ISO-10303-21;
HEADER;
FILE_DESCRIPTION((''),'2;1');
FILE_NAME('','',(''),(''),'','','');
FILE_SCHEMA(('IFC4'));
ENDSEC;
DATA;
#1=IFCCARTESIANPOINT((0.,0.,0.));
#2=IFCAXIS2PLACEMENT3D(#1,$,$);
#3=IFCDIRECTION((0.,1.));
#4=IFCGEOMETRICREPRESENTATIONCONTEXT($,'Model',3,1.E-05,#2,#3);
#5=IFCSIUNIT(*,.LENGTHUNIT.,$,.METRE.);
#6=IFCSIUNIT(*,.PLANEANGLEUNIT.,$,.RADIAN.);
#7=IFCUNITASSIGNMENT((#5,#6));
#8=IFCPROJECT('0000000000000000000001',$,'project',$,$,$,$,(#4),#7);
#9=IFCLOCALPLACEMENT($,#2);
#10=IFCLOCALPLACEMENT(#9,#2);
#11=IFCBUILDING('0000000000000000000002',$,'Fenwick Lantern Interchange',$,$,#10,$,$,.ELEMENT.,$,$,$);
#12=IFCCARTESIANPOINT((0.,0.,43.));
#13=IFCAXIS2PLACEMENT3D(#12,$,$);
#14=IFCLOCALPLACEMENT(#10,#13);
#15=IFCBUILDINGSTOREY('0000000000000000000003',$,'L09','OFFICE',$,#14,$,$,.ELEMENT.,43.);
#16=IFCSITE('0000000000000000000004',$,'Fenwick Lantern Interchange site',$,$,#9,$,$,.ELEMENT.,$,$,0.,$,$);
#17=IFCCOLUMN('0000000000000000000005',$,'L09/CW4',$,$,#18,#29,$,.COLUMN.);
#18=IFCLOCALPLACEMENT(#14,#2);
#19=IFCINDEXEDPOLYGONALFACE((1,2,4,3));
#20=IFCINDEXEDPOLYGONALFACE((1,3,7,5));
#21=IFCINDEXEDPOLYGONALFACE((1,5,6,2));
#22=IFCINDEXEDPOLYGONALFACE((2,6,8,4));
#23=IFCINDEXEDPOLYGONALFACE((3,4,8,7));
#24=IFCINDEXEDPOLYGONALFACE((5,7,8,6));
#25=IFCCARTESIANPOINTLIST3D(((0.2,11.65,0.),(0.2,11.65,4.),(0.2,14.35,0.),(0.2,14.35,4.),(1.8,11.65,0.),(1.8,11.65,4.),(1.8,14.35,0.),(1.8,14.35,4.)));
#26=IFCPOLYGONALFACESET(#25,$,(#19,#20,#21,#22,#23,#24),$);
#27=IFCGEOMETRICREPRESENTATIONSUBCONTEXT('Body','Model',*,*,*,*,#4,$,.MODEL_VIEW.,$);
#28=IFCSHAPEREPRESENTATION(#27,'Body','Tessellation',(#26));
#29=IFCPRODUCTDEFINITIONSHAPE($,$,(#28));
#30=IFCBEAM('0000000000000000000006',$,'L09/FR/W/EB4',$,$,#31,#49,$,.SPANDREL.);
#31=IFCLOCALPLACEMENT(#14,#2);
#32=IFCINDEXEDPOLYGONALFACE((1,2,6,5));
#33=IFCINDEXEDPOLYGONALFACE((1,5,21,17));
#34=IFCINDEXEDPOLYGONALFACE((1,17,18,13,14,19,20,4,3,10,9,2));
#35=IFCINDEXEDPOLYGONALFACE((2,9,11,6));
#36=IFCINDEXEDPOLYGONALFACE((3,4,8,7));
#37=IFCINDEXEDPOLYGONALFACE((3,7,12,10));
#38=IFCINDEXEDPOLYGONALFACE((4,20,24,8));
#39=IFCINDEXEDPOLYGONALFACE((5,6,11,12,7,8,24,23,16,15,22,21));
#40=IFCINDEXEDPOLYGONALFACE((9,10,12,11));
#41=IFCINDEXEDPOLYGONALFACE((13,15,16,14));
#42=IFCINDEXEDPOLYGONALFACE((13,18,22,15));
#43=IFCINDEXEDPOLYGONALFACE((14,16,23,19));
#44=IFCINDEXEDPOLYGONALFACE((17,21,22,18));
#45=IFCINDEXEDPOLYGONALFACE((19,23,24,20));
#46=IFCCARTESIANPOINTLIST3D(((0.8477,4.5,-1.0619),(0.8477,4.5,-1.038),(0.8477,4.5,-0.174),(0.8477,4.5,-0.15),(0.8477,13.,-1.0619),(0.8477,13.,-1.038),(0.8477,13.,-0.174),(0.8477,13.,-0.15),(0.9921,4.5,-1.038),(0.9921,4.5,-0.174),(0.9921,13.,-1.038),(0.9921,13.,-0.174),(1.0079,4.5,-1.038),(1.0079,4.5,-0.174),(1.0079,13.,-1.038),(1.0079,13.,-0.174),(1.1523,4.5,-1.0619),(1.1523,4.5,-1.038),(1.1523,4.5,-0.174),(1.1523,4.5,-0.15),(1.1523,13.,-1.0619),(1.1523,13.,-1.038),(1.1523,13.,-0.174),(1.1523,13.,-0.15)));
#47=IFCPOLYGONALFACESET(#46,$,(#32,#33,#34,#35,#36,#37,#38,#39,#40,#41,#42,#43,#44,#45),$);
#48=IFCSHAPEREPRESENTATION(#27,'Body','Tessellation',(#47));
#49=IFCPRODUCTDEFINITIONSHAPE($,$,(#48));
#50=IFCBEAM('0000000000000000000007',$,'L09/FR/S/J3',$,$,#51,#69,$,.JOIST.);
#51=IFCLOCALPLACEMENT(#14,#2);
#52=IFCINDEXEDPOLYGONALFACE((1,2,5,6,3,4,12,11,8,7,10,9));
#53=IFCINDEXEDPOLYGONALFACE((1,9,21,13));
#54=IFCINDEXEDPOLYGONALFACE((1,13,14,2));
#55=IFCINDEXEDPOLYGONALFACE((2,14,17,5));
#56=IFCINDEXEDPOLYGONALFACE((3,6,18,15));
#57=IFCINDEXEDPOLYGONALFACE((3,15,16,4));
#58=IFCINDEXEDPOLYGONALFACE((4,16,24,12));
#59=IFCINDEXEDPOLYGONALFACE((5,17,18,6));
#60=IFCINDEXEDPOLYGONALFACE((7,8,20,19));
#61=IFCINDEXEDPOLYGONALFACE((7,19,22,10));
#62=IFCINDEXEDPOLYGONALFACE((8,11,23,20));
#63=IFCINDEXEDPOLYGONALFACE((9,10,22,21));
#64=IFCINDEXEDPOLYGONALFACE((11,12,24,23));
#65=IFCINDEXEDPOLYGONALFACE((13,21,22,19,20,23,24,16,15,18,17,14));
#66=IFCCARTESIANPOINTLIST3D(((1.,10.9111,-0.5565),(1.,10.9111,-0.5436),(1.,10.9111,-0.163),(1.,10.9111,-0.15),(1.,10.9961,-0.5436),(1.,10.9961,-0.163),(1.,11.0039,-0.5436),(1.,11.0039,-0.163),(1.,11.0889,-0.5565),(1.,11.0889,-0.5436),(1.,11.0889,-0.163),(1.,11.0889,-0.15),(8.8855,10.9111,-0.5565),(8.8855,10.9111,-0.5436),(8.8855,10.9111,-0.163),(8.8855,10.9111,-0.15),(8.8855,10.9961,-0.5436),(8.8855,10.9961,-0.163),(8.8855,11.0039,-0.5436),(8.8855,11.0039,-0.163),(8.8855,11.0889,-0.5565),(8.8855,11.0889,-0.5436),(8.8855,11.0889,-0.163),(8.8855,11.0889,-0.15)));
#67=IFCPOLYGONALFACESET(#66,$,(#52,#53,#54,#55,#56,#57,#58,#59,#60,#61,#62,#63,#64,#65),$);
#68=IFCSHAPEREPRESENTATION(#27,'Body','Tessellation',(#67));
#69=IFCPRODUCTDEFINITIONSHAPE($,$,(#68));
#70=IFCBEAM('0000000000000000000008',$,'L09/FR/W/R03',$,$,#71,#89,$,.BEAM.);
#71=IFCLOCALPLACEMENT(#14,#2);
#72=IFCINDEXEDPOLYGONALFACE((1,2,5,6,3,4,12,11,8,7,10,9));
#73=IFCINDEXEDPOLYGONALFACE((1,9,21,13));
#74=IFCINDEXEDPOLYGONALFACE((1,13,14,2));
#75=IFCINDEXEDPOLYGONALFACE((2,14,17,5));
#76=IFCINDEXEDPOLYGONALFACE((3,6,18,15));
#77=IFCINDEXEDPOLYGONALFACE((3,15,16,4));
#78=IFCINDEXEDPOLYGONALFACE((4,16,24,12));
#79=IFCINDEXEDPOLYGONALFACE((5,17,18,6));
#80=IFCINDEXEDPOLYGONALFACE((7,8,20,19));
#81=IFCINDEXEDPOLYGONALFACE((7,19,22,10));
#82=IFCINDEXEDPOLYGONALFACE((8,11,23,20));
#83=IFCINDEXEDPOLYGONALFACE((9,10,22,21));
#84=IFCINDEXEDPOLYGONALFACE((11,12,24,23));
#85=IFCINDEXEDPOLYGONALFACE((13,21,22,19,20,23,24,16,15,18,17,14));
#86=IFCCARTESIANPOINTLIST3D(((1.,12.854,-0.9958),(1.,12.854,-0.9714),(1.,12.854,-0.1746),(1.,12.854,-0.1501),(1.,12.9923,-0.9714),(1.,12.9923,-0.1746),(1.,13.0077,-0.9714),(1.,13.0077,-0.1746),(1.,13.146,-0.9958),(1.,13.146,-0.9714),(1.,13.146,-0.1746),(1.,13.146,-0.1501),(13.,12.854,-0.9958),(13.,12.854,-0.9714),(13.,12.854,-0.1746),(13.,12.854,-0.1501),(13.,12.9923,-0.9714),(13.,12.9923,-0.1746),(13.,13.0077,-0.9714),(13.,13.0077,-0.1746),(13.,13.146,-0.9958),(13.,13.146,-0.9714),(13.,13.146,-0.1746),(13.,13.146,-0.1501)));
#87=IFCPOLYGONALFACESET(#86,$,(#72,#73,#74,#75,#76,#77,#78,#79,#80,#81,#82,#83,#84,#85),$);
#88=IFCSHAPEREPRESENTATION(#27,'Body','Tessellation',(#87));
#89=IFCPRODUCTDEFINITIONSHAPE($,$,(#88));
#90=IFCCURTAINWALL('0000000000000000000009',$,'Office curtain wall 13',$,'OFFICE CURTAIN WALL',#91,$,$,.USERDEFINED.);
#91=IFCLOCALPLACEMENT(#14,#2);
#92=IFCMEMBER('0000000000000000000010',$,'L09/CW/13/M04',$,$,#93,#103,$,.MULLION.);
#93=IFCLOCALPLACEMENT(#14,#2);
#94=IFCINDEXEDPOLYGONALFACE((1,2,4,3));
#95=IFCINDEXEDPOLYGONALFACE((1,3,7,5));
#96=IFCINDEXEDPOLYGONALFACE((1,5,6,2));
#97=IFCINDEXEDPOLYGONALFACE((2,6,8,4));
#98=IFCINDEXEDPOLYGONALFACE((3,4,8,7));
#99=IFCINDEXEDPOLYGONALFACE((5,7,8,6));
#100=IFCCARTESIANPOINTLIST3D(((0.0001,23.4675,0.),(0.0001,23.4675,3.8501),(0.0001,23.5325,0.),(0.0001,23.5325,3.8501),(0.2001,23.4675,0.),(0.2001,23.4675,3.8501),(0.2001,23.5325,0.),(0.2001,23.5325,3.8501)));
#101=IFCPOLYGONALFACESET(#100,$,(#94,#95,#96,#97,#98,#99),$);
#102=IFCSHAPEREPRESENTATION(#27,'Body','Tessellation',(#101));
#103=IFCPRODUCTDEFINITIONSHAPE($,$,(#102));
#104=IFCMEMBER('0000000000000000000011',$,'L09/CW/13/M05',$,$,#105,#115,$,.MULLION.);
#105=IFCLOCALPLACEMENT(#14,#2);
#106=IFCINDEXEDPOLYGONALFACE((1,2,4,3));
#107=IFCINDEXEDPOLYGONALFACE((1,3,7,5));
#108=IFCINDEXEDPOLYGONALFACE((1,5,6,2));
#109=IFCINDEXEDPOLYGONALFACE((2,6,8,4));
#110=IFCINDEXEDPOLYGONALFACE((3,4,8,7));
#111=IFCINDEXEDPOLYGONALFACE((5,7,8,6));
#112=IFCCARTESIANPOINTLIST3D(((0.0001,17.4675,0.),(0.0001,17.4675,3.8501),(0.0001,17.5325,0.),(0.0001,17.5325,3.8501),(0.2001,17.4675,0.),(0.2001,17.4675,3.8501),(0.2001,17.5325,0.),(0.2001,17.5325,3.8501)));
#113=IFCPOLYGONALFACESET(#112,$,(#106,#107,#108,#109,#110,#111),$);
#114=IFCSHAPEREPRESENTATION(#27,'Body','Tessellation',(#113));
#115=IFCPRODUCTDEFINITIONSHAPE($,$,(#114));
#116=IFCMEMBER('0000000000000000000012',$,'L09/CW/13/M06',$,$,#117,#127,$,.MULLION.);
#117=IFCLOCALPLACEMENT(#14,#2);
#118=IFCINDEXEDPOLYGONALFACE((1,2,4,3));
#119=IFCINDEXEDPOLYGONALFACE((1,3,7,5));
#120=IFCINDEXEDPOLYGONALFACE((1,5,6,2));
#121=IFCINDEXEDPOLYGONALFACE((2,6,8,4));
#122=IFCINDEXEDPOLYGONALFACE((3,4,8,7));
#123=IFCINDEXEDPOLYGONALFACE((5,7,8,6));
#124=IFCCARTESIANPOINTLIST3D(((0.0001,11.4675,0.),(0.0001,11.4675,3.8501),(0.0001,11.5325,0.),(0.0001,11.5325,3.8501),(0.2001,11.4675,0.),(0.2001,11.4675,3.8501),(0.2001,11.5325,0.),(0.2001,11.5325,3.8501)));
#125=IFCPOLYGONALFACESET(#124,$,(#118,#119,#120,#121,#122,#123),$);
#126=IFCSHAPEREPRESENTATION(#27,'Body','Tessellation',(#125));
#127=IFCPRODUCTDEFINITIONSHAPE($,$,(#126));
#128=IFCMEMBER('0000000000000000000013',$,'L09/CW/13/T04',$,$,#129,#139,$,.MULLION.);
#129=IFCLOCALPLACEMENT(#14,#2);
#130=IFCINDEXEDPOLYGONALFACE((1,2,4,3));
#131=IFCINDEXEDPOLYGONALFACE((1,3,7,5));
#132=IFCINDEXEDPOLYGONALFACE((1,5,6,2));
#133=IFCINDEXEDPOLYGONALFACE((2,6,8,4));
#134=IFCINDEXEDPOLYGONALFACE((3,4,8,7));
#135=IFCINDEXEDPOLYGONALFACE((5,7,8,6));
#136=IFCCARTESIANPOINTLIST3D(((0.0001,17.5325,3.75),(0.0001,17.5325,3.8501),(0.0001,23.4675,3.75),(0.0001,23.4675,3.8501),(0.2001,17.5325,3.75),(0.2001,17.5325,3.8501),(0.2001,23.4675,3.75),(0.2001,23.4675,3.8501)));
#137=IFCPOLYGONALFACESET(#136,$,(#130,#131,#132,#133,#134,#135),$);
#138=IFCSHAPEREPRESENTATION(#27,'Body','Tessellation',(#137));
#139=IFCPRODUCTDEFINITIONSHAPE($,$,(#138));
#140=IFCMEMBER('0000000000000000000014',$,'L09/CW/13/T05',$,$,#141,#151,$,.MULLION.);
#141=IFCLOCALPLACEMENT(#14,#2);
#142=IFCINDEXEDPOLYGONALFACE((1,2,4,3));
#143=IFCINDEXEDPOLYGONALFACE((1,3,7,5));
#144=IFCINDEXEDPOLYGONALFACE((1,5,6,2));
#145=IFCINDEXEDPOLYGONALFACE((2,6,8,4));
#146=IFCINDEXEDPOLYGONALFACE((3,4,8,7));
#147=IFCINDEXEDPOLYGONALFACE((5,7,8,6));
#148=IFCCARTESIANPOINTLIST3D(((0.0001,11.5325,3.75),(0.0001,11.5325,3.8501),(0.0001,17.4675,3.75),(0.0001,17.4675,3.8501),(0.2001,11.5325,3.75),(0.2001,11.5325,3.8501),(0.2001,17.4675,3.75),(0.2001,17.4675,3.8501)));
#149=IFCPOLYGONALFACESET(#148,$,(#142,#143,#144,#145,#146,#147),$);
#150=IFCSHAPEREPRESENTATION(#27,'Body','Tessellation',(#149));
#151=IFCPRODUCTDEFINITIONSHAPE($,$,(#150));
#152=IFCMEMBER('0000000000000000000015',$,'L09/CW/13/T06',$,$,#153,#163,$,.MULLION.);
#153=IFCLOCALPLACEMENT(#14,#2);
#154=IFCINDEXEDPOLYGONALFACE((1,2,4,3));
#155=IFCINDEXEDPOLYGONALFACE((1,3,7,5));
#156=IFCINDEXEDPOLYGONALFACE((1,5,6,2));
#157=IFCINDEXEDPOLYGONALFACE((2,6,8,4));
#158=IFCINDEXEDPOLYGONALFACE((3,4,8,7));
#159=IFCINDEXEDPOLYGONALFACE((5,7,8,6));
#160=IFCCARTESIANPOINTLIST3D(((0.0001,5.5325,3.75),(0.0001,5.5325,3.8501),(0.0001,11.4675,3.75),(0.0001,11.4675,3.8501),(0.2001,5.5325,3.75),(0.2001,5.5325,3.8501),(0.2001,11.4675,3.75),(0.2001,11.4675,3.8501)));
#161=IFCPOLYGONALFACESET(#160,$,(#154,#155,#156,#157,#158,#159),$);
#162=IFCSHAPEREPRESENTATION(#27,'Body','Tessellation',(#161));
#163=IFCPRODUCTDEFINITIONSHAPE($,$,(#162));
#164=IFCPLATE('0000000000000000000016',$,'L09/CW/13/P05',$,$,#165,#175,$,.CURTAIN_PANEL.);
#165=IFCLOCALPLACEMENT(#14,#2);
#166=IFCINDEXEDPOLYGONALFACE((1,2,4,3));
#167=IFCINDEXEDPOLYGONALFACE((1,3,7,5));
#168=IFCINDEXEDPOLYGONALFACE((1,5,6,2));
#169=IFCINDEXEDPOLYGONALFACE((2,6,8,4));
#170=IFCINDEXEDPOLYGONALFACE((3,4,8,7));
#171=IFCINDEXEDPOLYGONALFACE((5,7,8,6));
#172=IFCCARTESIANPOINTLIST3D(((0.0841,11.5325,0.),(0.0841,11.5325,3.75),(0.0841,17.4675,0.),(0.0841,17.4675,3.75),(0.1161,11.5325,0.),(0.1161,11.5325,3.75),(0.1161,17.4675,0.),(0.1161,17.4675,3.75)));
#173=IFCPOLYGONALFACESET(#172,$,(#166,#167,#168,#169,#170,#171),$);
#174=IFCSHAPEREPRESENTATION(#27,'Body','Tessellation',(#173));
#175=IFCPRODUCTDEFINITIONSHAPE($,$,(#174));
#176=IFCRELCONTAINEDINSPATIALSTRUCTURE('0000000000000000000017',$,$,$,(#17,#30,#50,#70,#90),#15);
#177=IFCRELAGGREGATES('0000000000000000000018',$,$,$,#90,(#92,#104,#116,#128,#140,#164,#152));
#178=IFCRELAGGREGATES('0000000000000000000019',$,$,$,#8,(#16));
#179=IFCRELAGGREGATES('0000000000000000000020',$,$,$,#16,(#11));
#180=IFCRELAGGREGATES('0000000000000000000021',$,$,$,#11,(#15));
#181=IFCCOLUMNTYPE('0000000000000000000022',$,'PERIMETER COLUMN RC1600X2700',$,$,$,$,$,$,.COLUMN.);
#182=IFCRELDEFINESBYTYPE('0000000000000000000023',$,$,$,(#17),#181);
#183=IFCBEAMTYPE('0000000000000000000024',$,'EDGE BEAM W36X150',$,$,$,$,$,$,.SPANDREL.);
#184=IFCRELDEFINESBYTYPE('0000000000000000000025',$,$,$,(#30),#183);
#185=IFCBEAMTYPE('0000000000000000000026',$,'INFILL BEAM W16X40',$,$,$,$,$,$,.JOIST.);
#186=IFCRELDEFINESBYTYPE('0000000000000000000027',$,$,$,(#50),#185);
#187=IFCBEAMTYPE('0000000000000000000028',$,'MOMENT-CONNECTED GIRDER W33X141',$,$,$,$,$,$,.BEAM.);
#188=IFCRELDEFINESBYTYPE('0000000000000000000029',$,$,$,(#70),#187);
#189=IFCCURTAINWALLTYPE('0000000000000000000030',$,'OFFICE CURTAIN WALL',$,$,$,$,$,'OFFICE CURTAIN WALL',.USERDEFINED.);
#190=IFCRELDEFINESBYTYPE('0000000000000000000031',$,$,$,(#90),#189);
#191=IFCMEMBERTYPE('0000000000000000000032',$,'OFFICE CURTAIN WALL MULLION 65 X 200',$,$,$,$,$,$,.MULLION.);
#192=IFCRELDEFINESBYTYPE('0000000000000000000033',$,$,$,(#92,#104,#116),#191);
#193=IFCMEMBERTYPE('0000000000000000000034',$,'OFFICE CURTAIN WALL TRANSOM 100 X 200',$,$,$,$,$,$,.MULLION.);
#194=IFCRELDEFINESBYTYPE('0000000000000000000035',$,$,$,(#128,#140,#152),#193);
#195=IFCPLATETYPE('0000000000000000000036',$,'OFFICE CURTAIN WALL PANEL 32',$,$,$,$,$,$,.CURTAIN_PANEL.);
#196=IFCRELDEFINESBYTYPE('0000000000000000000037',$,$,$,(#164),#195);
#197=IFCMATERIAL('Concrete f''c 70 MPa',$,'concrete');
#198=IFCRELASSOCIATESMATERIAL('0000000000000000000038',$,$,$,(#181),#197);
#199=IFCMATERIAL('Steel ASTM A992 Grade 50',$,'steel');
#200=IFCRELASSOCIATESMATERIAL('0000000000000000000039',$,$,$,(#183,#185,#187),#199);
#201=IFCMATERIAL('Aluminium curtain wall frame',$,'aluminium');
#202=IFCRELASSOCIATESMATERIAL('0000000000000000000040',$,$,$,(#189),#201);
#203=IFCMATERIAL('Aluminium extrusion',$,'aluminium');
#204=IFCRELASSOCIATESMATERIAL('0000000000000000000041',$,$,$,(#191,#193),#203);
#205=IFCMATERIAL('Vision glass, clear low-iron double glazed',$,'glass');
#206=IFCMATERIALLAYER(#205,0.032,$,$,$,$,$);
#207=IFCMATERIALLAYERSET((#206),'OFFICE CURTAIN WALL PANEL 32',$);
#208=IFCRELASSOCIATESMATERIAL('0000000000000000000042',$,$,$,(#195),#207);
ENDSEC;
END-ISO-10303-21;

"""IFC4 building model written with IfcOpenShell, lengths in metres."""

from ifc_helpers import new_model, si_unit, direction, frame, origin, origin_2d, place, context, subcontext, project, spatial, rectangle, i_section, extrude, material, layer, layer_set, material_profile, profile_set, type_object, element, aggregate, save


model = new_model("IFC4")

# Units and contexts
model_context = context("Model", 3, precision=1e-05, world=origin(), true_north=direction((0.0, 1.0)))
body_context = subcontext(model_context, "Body", "Model", "MODEL_VIEW")
ifc_project = project(units=[si_unit("LENGTHUNIT", "METRE"), si_unit("PLANEANGLEUNIT", "RADIAN")], contexts=[model_context])

# Site, building, storey
site_placement = place(None, origin())
site = spatial("IfcSite", under=ifc_project, at=site_placement, Name="Fenwick Lantern Interchange site", CompositionType="ELEMENT", RefElevation=0.0)
building_placement = place(site_placement, origin())
building = spatial("IfcBuilding", under=site, at=building_placement, Name="Fenwick Lantern Interchange", CompositionType="ELEMENT")
storey_placement = place(building_placement, frame((0.0, 0.0, 43.0)))
storey = spatial("IfcBuildingStorey", under=building, at=storey_placement, Name="L09", Description="OFFICE", CompositionType="ELEMENT", Elevation=43.0)

# Column
ifc_material_1 = material(Name="Concrete f'c 70 MPa", Category="concrete")
ifc_material_profile_1 = material_profile(ifc_material_1, rectangle(XDim=1.6001, YDim=2.7, at=origin_2d()), Name="RC1600X2700")
ifc_profile_set_1 = profile_set([ifc_material_profile_1], Name="Concrete f'c 70 MPa")
column_type = type_object("IfcColumnType", Name="PERIMETER COLUMN RC1600X2700", PredefinedType="COLUMN", material=ifc_profile_set_1)
column_placement = place(storey_placement, frame((1.0, 13.0, 0.0), z_axis=(0.0, 0.0, 1.0), x_axis=(1.0, 0.0, 0.0)))
element("IfcColumn", 1, at=column_placement, inside=storey, type_object=column_type, Name="L09/CW4", PredefinedType="COLUMN", context=body_context, shape_type="SweptSolid", body=[
    extrude(rectangle(XDim=1.6001, YDim=2.7, at=origin_2d()), origin(), (0.0, 0.0, 1.0), 4.0),
])

# Beams
ifc_material_2 = material(Name="Steel ASTM A992 Grade 50", Category="steel")
ifc_material_profile_2 = material_profile(ifc_material_2, i_section(OverallWidth=0.3047, OverallDepth=0.9119, WebThickness=0.0159, FlangeThickness=0.0239, at=origin_2d()), Name="W36X150")
ifc_profile_set_2 = profile_set([ifc_material_profile_2], Name="Steel ASTM A992 Grade 50")
beam_type_1 = type_object("IfcBeamType", Name="EDGE BEAM W36X150", PredefinedType="SPANDREL", material=ifc_profile_set_2)
beam_1_placement = place(storey_placement, frame((1.0, 13.0, -0.606), z_axis=(0.0, -1.0, 0.0), x_axis=(1.0, 0.0, 0.0)))
element("IfcBeam", 2, at=beam_1_placement, inside=storey, type_object=beam_type_1, Name="L09/FR/W/EB4", PredefinedType="SPANDREL", context=body_context, shape_type="SweptSolid", body=[
    extrude(i_section(OverallWidth=0.3047, OverallDepth=0.9119, WebThickness=0.0159, FlangeThickness=0.0239, at=origin_2d()), origin(), (0.0, 0.0, 1.0), 8.5),
])
ifc_material_profile_3 = material_profile(ifc_material_2, i_section(OverallWidth=0.1777, OverallDepth=0.4065, WebThickness=0.0078, FlangeThickness=0.0129, at=origin_2d()), Name="W16X40")
ifc_profile_set_3 = profile_set([ifc_material_profile_3], Name="Steel ASTM A992 Grade 50")
beam_type_2 = type_object("IfcBeamType", Name="INFILL BEAM W16X40", PredefinedType="JOIST", material=ifc_profile_set_3)
beam_2_placement = place(storey_placement, frame((1.0, 11.0, -0.3533), z_axis=(1.0, 0.0, 0.0), x_axis=(0.0, 1.0, 0.0)))
element("IfcBeam", 3, at=beam_2_placement, inside=storey, type_object=beam_type_2, Name="L09/FR/S/J3", PredefinedType="JOIST", context=body_context, shape_type="SweptSolid", body=[
    extrude(i_section(OverallWidth=0.1777, OverallDepth=0.4065, WebThickness=0.0078, FlangeThickness=0.0129, at=origin_2d()), origin(), (0.0, 0.0, 1.0), 7.8855),
])
ifc_material_profile_4 = material_profile(ifc_material_2, i_section(OverallWidth=0.292, OverallDepth=0.8457, WebThickness=0.0154, FlangeThickness=0.0244, at=origin_2d()), Name="W33X141")
ifc_profile_set_4 = profile_set([ifc_material_profile_4], Name="Steel ASTM A992 Grade 50")
beam_type_3 = type_object("IfcBeamType", Name="MOMENT-CONNECTED GIRDER W33X141", PredefinedType="BEAM", material=ifc_profile_set_4)
beam_3_placement = place(storey_placement, frame((1.0, 13.0, -0.573), z_axis=(1.0, 0.0, 0.0), x_axis=(0.0, 1.0, 0.0)))
element("IfcBeam", 4, at=beam_3_placement, inside=storey, type_object=beam_type_3, Name="L09/FR/W/R03", PredefinedType="BEAM", context=body_context, shape_type="SweptSolid", body=[
    extrude(i_section(OverallWidth=0.292, OverallDepth=0.8457, WebThickness=0.0154, FlangeThickness=0.0244, at=origin_2d()), origin(), (0.0, 0.0, 1.0), 12.0),
])

# Curtain wall, members, plate
ifc_material_3 = material(Name="Aluminium curtain wall frame", Category="aluminium")
curtain_wall_type = type_object("IfcCurtainWallType", Name="OFFICE CURTAIN WALL", ElementType="OFFICE CURTAIN WALL", PredefinedType="USERDEFINED", material=ifc_material_3)
curtain_wall_placement = place(storey_placement, origin())
curtain_wall = element("IfcCurtainWall", 5, at=curtain_wall_placement, inside=storey, type_object=curtain_wall_type, Name="Office curtain wall 13", ObjectType="OFFICE CURTAIN WALL", PredefinedType="USERDEFINED")
ifc_material_4 = material(Name="Aluminium extrusion", Category="aluminium")
ifc_material_profile_5 = material_profile(ifc_material_4, rectangle(XDim=0.2, YDim=0.0649, at=origin_2d()), Name="OFFICE CURTAIN WALL MULLION 65 X 200")
ifc_profile_set_5 = profile_set([ifc_material_profile_5], Name="Aluminium extrusion")
member_type_1 = type_object("IfcMemberType", Name="OFFICE CURTAIN WALL MULLION 65 X 200", PredefinedType="MULLION", material=ifc_profile_set_5)
member_1_placement = place(storey_placement, frame((0.1001, 23.5, 0.0), z_axis=(0.0, 0.0, 1.0), x_axis=(1.0, 0.0, 0.0)))
member_1 = element("IfcMember", 6, at=member_1_placement, type_object=member_type_1, Name="L09/CW/13/M04", PredefinedType="MULLION", context=body_context, shape_type="SweptSolid", body=[
    extrude(rectangle(XDim=0.2, YDim=0.0649, at=origin_2d()), origin(), (0.0, 0.0, 1.0), 3.8501),
])
member_2_placement = place(storey_placement, frame((0.1001, 17.5, 0.0), z_axis=(0.0, 0.0, 1.0), x_axis=(1.0, 0.0, 0.0)))
member_2 = element("IfcMember", 7, at=member_2_placement, type_object=member_type_1, Name="L09/CW/13/M05", PredefinedType="MULLION", context=body_context, shape_type="SweptSolid", body=[
    extrude(rectangle(XDim=0.2, YDim=0.0649, at=origin_2d()), origin(), (0.0, 0.0, 1.0), 3.8501),
])
member_3_placement = place(storey_placement, frame((0.1001, 11.5, 0.0), z_axis=(0.0, 0.0, 1.0), x_axis=(1.0, 0.0, 0.0)))
member_3 = element("IfcMember", 8, at=member_3_placement, type_object=member_type_1, Name="L09/CW/13/M06", PredefinedType="MULLION", context=body_context, shape_type="SweptSolid", body=[
    extrude(rectangle(XDim=0.2, YDim=0.0649, at=origin_2d()), origin(), (0.0, 0.0, 1.0), 3.8501),
])
ifc_material_profile_6 = material_profile(ifc_material_4, rectangle(XDim=0.2, YDim=0.1001, at=origin_2d()), Name="OFFICE CURTAIN WALL TRANSOM 100 X 200")
ifc_profile_set_6 = profile_set([ifc_material_profile_6], Name="Aluminium extrusion")
member_type_2 = type_object("IfcMemberType", Name="OFFICE CURTAIN WALL TRANSOM 100 X 200", PredefinedType="MULLION", material=ifc_profile_set_6)
member_4_placement = place(storey_placement, frame((0.1001, 23.4675, 3.8), z_axis=(0.0, -1.0, 0.0), x_axis=(1.0, 0.0, 0.0)))
member_4 = element("IfcMember", 9, at=member_4_placement, type_object=member_type_2, Name="L09/CW/13/T04", PredefinedType="MULLION", context=body_context, shape_type="SweptSolid", body=[
    extrude(rectangle(XDim=0.2, YDim=0.1001, at=origin_2d()), origin(), (0.0, 0.0, 1.0), 5.9351),
])
member_5_placement = place(storey_placement, frame((0.1001, 17.4675, 3.8), z_axis=(0.0, -1.0, 0.0), x_axis=(1.0, 0.0, 0.0)))
member_5 = element("IfcMember", 10, at=member_5_placement, type_object=member_type_2, Name="L09/CW/13/T05", PredefinedType="MULLION", context=body_context, shape_type="SweptSolid", body=[
    extrude(rectangle(XDim=0.2, YDim=0.1001, at=origin_2d()), origin(), (0.0, 0.0, 1.0), 5.9351),
])
member_6_placement = place(storey_placement, frame((0.1001, 11.4675, 3.8), z_axis=(0.0, -1.0, 0.0), x_axis=(1.0, 0.0, 0.0)))
member_6 = element("IfcMember", 11, at=member_6_placement, type_object=member_type_2, Name="L09/CW/13/T06", PredefinedType="MULLION", context=body_context, shape_type="SweptSolid", body=[
    extrude(rectangle(XDim=0.2, YDim=0.1001, at=origin_2d()), origin(), (0.0, 0.0, 1.0), 5.9351),
])
ifc_material_5 = material(Name="Vision glass, clear low-iron double glazed", Category="glass")
ifc_layer_1 = layer(ifc_material_5, 0.032)
ifc_layer_set_1 = layer_set([ifc_layer_1], Name="OFFICE CURTAIN WALL PANEL 32")
plate_type = type_object("IfcPlateType", Name="OFFICE CURTAIN WALL PANEL 32", PredefinedType="CURTAIN_PANEL", material=ifc_layer_set_1)
plate_placement = place(storey_placement, frame((0.1001, 14.5, 0.0), z_axis=(0.0, 0.0, 1.0), x_axis=(0.0, -1.0, 0.0)))
plate = element("IfcPlate", 12, at=plate_placement, type_object=plate_type, Name="L09/CW/13/P05", PredefinedType="CURTAIN_PANEL", context=body_context, shape_type="SweptSolid", body=[
    extrude(rectangle(XDim=5.9351, YDim=0.032, at=origin_2d()), origin(), (0.0, 0.0, 1.0), 3.75),
])
aggregate(curtain_wall, [member_1, member_2, member_3, member_4, member_5, plate, member_6])

save(model, "model.ifc")
